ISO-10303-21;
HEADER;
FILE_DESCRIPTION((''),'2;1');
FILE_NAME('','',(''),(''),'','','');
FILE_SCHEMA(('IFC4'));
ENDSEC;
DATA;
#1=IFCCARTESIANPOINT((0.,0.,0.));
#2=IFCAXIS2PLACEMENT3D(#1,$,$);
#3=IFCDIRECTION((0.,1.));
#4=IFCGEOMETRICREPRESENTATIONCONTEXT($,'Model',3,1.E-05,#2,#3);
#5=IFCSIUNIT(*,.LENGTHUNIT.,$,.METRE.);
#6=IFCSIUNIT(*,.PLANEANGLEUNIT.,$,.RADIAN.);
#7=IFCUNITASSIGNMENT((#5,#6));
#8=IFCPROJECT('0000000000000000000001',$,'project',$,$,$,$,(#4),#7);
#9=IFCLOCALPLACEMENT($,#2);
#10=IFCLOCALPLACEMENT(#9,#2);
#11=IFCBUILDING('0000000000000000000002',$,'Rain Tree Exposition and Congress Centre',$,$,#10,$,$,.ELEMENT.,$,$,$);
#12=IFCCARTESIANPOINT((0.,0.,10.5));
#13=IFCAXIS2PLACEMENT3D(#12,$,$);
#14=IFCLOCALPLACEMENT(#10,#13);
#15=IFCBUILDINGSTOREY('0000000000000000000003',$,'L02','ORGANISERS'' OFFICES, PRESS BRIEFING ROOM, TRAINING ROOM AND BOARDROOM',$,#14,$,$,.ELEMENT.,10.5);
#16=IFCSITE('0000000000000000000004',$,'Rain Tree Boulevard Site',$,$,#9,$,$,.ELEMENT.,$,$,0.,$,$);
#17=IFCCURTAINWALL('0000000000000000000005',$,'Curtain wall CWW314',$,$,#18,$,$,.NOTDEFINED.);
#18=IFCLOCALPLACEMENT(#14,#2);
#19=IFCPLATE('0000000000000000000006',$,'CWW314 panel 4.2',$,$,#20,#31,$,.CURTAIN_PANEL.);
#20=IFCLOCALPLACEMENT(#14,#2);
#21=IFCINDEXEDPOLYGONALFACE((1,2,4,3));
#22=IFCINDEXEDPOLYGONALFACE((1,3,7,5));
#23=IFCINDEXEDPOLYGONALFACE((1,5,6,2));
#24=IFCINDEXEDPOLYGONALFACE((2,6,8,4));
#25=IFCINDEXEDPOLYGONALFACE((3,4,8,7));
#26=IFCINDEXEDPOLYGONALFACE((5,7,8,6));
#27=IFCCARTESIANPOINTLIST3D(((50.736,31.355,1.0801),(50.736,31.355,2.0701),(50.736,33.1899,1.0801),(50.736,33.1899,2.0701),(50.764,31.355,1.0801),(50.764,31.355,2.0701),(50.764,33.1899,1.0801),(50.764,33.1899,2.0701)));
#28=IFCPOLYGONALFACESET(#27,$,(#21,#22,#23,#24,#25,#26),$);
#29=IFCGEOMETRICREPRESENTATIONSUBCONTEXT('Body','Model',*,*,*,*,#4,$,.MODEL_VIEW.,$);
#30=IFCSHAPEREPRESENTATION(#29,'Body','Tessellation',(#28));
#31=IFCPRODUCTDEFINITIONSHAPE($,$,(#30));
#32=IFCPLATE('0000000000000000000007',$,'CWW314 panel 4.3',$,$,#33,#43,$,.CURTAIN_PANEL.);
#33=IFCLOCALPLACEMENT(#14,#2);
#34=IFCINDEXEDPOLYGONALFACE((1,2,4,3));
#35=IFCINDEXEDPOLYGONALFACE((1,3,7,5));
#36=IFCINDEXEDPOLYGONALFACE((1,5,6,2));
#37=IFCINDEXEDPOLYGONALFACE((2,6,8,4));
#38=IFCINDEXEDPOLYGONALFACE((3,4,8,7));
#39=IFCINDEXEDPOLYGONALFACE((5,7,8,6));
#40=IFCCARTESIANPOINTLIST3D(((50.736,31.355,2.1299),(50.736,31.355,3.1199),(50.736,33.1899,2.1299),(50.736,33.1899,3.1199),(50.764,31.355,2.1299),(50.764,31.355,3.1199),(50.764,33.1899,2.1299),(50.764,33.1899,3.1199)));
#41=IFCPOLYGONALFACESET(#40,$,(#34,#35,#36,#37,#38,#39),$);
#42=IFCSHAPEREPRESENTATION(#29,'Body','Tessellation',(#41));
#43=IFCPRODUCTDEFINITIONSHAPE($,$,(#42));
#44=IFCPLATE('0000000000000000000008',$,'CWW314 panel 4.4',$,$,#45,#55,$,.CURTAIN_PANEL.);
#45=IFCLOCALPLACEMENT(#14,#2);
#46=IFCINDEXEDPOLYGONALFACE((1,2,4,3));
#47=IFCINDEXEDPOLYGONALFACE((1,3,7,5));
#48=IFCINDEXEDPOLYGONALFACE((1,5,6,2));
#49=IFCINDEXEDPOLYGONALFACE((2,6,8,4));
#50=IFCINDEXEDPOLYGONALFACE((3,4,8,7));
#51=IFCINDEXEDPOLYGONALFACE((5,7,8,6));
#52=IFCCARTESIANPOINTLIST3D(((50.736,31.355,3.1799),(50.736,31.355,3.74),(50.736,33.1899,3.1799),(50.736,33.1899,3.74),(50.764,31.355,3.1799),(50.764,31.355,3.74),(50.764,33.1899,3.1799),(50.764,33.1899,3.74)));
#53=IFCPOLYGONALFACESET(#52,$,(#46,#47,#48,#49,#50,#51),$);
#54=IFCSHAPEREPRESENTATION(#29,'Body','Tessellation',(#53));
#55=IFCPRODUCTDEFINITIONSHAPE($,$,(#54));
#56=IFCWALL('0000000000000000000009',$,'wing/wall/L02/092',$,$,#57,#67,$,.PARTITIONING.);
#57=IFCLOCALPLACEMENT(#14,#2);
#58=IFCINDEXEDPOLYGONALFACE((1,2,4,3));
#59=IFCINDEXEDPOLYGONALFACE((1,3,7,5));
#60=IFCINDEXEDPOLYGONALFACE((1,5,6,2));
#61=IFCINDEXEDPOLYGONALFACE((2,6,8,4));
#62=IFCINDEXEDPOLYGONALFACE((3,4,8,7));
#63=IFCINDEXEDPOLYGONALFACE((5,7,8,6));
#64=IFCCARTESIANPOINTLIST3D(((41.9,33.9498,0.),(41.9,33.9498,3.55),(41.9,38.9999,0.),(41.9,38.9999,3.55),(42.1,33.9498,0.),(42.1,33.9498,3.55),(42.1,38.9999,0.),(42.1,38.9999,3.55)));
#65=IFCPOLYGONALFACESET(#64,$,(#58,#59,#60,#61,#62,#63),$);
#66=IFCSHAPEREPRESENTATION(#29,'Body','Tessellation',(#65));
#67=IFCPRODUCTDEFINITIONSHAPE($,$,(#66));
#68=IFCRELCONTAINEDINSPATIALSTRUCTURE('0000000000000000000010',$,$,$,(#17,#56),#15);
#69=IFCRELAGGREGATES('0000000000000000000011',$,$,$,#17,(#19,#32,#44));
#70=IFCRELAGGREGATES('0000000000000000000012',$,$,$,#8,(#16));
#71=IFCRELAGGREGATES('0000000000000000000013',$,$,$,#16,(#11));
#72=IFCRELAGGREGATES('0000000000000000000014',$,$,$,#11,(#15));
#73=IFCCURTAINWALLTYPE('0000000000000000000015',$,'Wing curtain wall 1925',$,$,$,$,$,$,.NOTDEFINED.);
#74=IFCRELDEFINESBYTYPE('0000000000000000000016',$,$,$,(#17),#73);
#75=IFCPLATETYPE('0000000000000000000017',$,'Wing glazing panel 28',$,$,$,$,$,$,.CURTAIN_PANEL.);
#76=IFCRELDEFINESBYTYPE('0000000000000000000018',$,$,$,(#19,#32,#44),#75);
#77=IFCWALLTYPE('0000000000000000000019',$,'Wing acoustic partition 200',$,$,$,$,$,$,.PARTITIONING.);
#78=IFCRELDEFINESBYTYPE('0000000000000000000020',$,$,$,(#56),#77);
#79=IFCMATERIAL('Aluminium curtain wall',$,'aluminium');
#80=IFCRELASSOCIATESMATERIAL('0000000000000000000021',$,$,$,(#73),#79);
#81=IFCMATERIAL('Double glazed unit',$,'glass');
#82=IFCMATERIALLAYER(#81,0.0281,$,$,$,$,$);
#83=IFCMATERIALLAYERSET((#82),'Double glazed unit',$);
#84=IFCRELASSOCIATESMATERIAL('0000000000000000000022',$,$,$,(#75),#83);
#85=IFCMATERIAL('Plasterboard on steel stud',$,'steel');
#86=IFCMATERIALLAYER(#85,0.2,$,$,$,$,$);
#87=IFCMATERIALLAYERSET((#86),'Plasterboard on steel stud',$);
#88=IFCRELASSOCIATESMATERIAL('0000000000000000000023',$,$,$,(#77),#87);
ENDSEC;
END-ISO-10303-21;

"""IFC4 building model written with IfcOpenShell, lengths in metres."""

from ifc_helpers import new_model, si_unit, direction, frame, frame_2d, origin, origin_2d, place, context, subcontext, project, spatial, rectangle, extrude, material, layer, layer_set, type_object, element, aggregate, save


model = new_model("IFC4")

# Units and contexts
model_context = context("Model", 3, precision=1e-05, world=origin(), true_north=direction((0.0, 1.0)))
body_context = subcontext(model_context, "Body", "Model", "MODEL_VIEW")
ifc_project = project(units=[si_unit("LENGTHUNIT", "METRE"), si_unit("PLANEANGLEUNIT", "RADIAN")], contexts=[model_context])

# Site, building, storey
site_placement = place(None, origin())
site = spatial("IfcSite", under=ifc_project, at=site_placement, Name="Rain Tree Boulevard Site", CompositionType="ELEMENT", RefElevation=0.0)
building_placement = place(site_placement, origin())
building = spatial("IfcBuilding", under=site, at=building_placement, Name="Rain Tree Exposition and Congress Centre", CompositionType="ELEMENT")
storey_placement = place(building_placement, frame((0.0, 0.0, 10.5)))
storey = spatial("IfcBuildingStorey", under=building, at=storey_placement, Name="L02", Description="ORGANISERS' OFFICES, PRESS BRIEFING ROOM, TRAINING ROOM AND BOARDROOM", CompositionType="ELEMENT", Elevation=10.5)

# Curtain wall, plates
ifc_material_1 = material(Name="Aluminium curtain wall", Category="aluminium")
curtain_wall_type = type_object("IfcCurtainWallType", Name="Wing curtain wall 1925", PredefinedType="NOTDEFINED", material=ifc_material_1)
curtain_wall_placement = place(storey_placement, origin())
curtain_wall = element("IfcCurtainWall", 1, at=curtain_wall_placement, inside=storey, type_object=curtain_wall_type, Name="Curtain wall CWW314", PredefinedType="NOTDEFINED")
ifc_material_2 = material(Name="Double glazed unit", Category="glass")
ifc_layer_1 = layer(ifc_material_2, 0.0281)
ifc_layer_set_1 = layer_set([ifc_layer_1], Name="Double glazed unit")
plate_type = type_object("IfcPlateType", Name="Wing glazing panel 28", PredefinedType="CURTAIN_PANEL", material=ifc_layer_set_1)
plate_1_placement = place(storey_placement, frame((50.75, 32.2725, 1.0801), z_axis=(0.0, 0.0, 1.0), x_axis=(0.0, 1.0, 0.0)))
plate_1 = element("IfcPlate", 2, at=plate_1_placement, type_object=plate_type, Name="CWW314 panel 4.2", PredefinedType="CURTAIN_PANEL", context=body_context, shape_type="SweptSolid", body=[
    extrude(rectangle(XDim=1.835, YDim=0.0281, at=origin_2d()), origin(), (0.0, 0.0, 1.0), 0.99),
])
plate_2_placement = place(storey_placement, frame((50.75, 32.2725, 2.1299), z_axis=(0.0, 0.0, 1.0), x_axis=(0.0, 1.0, 0.0)))
plate_2 = element("IfcPlate", 3, at=plate_2_placement, type_object=plate_type, Name="CWW314 panel 4.3", PredefinedType="CURTAIN_PANEL", context=body_context, shape_type="SweptSolid", body=[
    extrude(rectangle(XDim=1.835, YDim=0.0281, at=origin_2d()), origin(), (0.0, 0.0, 1.0), 0.99),
])
plate_3_placement = place(storey_placement, frame((50.75, 32.2725, 3.1799), z_axis=(0.0, 0.0, 1.0), x_axis=(0.0, 1.0, 0.0)))
plate_3 = element("IfcPlate", 4, at=plate_3_placement, type_object=plate_type, Name="CWW314 panel 4.4", PredefinedType="CURTAIN_PANEL", context=body_context, shape_type="SweptSolid", body=[
    extrude(rectangle(XDim=1.835, YDim=0.0281, at=origin_2d()), origin(), (0.0, 0.0, 1.0), 0.5601),
])
aggregate(curtain_wall, [plate_1, plate_2, plate_3])

# Wall
ifc_material_3 = material(Name="Plasterboard on steel stud", Category="steel")
ifc_layer_2 = layer(ifc_material_3, 0.2)
ifc_layer_set_2 = layer_set([ifc_layer_2], Name="Plasterboard on steel stud")
wall_type = type_object("IfcWallType", Name="Wing acoustic partition 200", PredefinedType="PARTITIONING", material=ifc_layer_set_2)
wall_placement = place(storey_placement, frame((42.0, 33.95, 0.0), z_axis=(0.0, 0.0, 1.0), x_axis=(0.0, 1.0, 0.0)))
element("IfcWall", 5, at=wall_placement, inside=storey, type_object=wall_type, Name="wing/wall/L02/092", PredefinedType="PARTITIONING", context=body_context, shape_type="SweptSolid", body=[
    extrude(rectangle(XDim=5.05, YDim=0.2, at=frame_2d((2.5249, 0.0))), origin(), (0.0, 0.0, 1.0), 3.55),
])

save(model, "model.ifc")
